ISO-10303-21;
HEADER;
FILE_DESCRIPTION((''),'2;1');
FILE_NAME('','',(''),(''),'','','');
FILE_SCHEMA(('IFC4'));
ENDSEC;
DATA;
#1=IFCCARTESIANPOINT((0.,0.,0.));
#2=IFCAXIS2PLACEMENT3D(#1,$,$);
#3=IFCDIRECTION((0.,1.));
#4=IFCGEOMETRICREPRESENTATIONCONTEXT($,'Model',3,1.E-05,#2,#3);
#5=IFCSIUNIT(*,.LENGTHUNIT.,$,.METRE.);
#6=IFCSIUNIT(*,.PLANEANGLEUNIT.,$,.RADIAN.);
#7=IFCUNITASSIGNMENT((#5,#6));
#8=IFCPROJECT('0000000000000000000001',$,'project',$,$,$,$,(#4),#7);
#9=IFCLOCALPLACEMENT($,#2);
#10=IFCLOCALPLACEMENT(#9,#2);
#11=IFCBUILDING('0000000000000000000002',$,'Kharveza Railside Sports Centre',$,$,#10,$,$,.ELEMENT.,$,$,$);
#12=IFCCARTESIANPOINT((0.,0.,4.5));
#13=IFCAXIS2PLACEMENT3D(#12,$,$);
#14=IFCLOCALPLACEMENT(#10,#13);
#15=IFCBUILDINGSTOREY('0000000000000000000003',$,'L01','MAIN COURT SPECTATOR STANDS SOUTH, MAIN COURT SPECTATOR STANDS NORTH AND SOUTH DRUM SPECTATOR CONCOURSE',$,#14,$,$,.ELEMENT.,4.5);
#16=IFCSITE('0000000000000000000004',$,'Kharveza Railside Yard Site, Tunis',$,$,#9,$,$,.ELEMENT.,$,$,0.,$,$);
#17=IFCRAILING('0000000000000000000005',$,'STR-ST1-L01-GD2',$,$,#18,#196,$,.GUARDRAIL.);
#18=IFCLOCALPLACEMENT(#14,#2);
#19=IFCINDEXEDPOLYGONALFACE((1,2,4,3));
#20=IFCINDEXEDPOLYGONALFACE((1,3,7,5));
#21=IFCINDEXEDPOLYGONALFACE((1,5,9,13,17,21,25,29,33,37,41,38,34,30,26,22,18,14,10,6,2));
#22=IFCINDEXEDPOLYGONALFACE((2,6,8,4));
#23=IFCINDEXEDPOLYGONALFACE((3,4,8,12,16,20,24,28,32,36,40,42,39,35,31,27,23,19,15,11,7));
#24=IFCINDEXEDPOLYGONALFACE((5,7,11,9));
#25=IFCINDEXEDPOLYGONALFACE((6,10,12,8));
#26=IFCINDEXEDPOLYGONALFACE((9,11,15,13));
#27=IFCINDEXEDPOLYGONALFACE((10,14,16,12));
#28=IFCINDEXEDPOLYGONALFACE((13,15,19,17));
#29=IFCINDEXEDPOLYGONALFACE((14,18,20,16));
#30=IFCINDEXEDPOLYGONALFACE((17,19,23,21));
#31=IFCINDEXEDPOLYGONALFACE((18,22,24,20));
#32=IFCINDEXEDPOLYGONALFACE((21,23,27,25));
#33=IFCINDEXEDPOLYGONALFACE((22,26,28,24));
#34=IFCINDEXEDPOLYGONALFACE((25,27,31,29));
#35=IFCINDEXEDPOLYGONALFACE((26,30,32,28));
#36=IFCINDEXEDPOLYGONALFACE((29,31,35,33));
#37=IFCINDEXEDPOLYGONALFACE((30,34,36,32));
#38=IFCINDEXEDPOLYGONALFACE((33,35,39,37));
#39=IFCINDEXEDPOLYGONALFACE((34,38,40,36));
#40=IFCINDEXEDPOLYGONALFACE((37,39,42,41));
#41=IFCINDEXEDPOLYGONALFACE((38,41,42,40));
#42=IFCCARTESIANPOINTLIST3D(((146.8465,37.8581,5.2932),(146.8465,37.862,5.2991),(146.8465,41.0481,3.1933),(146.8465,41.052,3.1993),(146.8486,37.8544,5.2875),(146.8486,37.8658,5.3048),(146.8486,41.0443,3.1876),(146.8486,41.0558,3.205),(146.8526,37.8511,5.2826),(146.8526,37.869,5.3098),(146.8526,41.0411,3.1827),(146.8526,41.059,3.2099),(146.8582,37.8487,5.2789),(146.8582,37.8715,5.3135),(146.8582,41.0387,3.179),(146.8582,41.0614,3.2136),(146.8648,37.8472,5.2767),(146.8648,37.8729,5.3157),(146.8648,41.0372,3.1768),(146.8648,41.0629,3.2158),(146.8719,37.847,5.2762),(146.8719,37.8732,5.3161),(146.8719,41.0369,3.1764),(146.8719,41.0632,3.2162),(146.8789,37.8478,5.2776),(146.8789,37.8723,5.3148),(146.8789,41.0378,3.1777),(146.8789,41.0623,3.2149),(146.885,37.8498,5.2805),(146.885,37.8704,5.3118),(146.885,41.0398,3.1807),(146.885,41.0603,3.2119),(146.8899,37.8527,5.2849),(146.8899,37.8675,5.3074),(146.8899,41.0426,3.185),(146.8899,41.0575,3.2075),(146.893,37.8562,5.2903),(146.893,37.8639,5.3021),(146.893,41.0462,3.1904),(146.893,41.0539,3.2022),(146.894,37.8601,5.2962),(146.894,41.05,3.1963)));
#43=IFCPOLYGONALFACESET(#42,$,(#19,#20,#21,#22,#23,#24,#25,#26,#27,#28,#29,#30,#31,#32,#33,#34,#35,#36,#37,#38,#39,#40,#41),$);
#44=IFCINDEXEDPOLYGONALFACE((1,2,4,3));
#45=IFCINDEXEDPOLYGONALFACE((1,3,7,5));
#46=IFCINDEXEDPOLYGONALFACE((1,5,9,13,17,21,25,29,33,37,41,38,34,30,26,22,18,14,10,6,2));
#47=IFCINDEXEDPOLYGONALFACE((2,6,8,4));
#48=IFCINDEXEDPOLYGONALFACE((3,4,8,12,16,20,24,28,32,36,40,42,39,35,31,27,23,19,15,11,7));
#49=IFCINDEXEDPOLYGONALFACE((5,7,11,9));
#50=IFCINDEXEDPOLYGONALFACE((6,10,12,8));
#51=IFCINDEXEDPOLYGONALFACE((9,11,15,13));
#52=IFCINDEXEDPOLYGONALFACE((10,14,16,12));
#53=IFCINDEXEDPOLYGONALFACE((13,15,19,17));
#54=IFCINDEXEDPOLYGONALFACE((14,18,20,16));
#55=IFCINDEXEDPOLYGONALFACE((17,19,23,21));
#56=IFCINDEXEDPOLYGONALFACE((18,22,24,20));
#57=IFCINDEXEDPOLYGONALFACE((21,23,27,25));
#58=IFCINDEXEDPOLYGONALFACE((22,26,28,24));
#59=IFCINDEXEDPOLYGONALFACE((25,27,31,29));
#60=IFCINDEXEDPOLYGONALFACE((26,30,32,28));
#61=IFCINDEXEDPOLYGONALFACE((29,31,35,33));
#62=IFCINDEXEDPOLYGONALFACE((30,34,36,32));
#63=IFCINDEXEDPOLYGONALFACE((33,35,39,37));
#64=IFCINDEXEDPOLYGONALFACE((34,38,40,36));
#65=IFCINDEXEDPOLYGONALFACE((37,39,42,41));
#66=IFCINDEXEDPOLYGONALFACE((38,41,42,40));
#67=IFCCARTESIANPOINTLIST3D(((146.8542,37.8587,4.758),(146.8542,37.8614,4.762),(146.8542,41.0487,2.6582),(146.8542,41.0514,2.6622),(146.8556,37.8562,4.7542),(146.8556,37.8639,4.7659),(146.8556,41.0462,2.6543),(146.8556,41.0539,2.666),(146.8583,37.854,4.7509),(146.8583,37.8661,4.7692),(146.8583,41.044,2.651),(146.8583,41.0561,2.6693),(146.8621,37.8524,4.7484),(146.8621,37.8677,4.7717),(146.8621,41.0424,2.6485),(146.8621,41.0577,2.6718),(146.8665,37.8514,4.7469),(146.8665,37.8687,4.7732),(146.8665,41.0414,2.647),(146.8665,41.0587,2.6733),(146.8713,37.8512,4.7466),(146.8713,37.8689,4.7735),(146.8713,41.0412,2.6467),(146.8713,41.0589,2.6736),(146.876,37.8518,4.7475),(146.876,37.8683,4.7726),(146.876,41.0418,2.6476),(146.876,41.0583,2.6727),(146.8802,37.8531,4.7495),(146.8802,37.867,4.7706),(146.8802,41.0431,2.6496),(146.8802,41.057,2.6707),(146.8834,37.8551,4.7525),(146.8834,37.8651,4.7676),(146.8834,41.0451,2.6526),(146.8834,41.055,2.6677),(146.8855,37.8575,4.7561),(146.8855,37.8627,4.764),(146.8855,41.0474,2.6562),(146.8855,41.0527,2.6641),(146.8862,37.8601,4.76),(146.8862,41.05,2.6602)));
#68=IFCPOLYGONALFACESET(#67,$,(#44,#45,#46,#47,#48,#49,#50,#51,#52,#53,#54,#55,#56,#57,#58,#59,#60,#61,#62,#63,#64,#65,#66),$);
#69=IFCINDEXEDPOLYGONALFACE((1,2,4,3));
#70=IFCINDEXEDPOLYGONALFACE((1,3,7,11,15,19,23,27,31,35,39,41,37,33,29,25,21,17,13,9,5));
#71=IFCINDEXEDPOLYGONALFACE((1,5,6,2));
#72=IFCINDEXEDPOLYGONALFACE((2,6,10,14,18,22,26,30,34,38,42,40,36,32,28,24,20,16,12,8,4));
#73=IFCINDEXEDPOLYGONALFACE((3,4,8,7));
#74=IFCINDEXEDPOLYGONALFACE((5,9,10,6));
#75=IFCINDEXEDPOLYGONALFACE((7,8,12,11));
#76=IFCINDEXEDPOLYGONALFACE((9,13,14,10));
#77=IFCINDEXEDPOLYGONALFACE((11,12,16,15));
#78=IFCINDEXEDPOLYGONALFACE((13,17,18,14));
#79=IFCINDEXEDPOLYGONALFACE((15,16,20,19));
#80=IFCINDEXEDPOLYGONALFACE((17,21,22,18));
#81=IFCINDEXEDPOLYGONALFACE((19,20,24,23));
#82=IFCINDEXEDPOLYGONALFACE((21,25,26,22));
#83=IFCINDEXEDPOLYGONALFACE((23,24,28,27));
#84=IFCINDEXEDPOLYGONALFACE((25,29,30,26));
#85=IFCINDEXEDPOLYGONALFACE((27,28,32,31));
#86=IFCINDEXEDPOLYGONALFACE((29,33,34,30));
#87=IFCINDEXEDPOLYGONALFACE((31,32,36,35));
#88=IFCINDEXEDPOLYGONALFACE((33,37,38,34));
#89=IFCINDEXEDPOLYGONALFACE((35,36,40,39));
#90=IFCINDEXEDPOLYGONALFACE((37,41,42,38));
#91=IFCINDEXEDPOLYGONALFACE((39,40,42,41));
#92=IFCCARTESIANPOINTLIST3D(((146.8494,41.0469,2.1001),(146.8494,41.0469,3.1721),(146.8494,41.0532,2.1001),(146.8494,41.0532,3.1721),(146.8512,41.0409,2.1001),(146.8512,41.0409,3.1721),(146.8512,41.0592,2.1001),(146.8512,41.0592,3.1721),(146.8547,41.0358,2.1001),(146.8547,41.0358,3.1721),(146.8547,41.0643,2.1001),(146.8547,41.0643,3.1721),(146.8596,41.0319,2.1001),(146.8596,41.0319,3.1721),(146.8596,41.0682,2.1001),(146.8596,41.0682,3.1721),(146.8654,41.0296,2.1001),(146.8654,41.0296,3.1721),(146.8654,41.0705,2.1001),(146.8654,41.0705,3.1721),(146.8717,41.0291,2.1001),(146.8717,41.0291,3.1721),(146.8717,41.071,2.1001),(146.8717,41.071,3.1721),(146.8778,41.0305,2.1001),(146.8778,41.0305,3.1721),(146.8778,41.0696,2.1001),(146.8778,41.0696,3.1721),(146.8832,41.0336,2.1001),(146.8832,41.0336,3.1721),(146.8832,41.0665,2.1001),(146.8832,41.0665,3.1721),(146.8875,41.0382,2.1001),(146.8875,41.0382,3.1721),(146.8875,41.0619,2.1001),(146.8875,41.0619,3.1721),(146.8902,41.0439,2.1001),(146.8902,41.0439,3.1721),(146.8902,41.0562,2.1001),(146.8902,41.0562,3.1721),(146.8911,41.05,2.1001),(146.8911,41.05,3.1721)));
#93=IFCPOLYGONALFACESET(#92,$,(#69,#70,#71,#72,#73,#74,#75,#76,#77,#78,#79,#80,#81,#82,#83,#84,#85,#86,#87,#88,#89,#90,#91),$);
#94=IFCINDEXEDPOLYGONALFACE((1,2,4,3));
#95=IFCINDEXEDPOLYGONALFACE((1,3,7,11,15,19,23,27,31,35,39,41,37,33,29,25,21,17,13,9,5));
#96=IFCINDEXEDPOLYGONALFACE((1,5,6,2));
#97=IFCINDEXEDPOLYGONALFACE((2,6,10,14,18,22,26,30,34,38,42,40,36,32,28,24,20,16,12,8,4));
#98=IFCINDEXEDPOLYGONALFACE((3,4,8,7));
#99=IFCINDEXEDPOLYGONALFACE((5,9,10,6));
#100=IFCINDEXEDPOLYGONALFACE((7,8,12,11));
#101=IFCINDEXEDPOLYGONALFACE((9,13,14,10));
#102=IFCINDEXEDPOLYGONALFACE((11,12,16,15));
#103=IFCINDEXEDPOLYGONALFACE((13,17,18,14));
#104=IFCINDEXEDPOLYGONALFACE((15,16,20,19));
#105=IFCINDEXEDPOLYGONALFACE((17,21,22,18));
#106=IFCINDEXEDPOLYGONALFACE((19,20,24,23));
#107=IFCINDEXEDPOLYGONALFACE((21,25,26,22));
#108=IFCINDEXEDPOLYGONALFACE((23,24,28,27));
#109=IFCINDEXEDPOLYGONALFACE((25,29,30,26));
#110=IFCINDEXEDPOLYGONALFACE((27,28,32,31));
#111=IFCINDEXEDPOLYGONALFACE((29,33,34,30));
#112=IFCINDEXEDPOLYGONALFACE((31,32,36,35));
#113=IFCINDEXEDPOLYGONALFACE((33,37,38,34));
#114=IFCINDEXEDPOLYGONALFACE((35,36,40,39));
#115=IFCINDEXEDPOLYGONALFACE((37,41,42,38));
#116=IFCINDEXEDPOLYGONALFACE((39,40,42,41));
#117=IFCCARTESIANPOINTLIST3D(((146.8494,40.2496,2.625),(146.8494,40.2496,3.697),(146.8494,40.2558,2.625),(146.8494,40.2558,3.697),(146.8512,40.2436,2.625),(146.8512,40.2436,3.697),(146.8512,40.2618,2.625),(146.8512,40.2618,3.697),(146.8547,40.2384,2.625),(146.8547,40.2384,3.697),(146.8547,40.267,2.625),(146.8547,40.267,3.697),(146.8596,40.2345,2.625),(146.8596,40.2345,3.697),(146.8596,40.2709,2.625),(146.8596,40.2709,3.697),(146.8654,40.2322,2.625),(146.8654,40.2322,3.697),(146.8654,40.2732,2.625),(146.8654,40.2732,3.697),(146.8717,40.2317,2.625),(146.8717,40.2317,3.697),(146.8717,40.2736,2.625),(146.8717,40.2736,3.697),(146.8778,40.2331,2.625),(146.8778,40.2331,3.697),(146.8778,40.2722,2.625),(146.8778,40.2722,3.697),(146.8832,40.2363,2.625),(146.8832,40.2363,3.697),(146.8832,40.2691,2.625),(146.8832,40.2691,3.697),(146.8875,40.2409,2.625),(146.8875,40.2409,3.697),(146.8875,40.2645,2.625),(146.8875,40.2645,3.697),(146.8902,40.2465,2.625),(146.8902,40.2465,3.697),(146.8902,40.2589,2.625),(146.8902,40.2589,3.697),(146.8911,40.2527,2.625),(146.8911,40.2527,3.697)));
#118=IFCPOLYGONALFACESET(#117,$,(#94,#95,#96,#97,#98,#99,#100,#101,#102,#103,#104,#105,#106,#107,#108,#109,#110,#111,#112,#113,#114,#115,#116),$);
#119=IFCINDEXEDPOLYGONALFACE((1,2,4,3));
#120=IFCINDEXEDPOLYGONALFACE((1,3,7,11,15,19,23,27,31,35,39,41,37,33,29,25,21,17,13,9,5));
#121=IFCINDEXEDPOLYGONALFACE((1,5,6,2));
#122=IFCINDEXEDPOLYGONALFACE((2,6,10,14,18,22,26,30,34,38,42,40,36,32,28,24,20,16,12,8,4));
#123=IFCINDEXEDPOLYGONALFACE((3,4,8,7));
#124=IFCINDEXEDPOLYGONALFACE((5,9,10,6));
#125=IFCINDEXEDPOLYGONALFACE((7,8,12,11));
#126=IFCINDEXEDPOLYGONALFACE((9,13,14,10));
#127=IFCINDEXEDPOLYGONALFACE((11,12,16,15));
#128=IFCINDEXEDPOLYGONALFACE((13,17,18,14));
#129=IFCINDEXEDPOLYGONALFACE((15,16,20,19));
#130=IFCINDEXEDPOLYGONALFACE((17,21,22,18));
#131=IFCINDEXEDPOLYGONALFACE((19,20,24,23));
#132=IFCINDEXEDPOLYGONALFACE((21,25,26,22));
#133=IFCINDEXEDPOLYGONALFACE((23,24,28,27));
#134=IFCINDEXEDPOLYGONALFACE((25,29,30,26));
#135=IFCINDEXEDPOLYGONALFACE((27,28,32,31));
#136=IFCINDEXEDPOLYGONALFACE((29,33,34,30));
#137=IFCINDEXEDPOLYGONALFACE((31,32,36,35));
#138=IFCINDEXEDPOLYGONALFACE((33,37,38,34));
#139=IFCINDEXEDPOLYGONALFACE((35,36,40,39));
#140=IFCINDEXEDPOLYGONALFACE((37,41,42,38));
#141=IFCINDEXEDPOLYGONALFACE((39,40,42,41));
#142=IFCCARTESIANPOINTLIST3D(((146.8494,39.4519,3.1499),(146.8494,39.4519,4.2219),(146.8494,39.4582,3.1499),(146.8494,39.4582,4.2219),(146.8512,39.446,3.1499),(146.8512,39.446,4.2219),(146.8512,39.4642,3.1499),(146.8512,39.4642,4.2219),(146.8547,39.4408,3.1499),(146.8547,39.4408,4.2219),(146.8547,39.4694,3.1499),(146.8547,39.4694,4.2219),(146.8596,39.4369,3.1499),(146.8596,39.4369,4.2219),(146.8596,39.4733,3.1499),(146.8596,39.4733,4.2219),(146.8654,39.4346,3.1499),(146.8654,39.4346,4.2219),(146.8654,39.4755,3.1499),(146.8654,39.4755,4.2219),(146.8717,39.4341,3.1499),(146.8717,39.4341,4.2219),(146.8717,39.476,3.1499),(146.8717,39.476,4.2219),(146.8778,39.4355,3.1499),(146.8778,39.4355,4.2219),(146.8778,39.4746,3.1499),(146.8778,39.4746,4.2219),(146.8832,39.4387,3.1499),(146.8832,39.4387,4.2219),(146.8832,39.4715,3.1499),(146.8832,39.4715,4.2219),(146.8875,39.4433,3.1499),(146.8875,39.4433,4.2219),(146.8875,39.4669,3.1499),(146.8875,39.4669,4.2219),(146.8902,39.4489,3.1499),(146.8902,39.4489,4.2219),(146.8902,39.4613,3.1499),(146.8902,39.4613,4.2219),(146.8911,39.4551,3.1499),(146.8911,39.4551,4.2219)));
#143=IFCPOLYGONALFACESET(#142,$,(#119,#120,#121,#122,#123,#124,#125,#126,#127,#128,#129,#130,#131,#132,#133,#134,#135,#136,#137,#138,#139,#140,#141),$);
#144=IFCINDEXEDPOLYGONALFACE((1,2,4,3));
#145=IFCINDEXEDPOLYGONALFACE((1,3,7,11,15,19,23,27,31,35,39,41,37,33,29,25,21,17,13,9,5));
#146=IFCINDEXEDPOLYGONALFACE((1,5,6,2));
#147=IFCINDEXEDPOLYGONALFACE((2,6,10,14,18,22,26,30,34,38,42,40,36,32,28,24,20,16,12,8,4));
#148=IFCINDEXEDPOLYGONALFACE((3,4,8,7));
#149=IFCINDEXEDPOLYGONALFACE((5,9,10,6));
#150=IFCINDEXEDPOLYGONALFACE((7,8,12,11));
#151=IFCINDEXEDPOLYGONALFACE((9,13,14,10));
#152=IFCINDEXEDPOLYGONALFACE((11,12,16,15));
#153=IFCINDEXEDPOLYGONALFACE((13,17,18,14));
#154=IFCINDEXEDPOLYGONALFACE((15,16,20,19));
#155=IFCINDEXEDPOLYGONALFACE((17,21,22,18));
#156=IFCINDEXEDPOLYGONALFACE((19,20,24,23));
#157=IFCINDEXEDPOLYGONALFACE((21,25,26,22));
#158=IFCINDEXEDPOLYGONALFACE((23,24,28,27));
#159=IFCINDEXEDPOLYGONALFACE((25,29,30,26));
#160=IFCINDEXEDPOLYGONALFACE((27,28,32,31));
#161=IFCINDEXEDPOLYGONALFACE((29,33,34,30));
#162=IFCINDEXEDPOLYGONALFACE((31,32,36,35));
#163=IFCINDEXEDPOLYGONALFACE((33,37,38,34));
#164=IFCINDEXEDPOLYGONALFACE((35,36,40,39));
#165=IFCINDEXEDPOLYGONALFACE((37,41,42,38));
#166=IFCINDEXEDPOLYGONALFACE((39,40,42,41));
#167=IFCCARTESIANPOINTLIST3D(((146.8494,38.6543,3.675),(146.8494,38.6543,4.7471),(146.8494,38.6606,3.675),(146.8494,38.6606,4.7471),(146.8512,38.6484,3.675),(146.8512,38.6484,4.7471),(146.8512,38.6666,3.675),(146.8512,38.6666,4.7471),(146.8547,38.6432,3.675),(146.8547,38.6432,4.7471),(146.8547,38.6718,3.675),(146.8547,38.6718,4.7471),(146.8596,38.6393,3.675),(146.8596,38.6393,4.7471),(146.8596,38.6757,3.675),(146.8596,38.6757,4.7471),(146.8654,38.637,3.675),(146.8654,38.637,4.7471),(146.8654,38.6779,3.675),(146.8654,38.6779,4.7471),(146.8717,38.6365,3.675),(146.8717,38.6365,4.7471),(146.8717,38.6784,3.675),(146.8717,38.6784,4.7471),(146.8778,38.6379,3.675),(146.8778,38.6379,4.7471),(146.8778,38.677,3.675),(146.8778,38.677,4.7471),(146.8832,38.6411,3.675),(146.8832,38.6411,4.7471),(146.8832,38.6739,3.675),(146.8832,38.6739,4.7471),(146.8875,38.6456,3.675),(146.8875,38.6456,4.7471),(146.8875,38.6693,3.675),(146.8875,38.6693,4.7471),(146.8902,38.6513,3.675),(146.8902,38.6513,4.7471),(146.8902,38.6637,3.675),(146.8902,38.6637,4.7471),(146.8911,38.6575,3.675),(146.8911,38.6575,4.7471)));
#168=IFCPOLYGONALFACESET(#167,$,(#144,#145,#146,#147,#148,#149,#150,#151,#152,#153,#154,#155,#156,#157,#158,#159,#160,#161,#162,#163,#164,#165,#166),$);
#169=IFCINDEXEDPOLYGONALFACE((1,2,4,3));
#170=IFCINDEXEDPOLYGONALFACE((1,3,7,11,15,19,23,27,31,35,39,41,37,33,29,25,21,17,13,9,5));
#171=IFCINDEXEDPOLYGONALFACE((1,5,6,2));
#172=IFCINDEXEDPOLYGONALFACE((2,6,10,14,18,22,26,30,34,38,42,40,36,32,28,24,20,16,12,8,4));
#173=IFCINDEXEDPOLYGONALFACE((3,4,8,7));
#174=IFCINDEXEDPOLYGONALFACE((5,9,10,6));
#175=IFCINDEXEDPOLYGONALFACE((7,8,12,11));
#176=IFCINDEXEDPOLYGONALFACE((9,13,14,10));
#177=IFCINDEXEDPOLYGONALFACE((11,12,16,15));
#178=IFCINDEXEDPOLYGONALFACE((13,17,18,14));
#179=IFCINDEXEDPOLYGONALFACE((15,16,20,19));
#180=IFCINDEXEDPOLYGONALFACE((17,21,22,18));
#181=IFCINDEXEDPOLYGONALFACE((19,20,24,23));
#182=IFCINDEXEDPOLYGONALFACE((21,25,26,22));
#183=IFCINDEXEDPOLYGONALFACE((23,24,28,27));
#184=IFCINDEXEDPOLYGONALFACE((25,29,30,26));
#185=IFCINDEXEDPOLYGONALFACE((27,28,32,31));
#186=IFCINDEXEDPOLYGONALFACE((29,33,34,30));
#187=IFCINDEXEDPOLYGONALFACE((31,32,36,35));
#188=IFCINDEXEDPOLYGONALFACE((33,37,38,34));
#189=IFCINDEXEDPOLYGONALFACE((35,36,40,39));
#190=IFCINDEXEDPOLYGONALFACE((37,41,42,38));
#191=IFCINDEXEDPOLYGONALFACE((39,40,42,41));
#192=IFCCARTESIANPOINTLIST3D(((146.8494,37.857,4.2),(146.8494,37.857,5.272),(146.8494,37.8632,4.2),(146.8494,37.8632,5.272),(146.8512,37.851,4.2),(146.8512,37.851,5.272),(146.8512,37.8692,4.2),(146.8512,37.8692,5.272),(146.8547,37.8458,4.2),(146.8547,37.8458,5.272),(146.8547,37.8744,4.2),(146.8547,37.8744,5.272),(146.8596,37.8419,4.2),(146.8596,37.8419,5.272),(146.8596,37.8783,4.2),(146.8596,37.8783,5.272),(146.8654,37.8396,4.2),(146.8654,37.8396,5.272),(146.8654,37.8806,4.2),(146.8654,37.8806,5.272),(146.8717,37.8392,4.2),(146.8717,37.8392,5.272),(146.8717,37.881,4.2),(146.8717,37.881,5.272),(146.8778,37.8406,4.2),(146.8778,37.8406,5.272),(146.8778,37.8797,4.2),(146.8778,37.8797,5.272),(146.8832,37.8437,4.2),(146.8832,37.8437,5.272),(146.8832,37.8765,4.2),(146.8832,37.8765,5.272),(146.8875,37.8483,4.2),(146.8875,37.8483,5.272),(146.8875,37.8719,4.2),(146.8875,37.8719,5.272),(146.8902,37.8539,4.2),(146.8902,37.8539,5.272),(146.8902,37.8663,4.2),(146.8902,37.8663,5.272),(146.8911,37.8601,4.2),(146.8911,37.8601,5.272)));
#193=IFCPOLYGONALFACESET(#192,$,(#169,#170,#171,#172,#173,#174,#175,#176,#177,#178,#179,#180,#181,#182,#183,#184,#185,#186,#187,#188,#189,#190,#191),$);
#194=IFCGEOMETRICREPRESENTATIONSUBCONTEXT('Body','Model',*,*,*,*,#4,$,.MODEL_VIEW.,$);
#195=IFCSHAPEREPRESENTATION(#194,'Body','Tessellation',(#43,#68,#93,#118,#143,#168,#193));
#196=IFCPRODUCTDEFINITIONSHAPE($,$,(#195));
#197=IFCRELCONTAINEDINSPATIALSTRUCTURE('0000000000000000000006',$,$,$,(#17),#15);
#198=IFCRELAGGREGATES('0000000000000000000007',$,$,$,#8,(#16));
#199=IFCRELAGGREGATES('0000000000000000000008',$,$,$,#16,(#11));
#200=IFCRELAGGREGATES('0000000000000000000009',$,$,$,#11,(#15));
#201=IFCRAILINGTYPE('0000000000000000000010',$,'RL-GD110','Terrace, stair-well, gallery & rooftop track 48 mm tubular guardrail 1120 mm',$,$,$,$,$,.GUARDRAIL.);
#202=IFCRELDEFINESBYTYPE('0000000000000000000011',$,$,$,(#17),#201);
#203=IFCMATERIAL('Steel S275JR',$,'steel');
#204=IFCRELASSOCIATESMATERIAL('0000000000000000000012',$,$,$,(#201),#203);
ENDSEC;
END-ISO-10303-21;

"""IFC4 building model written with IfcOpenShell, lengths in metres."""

from ifc_helpers import new_model, si_unit, direction, frame, origin, origin_2d, place, context, subcontext, project, spatial, circle, extrude, material, type_object, element, save


model = new_model("IFC4")

# Units and contexts
model_context = context("Model", 3, precision=1e-05, world=origin(), true_north=direction((0.0, 1.0)))
body_context = subcontext(model_context, "Body", "Model", "MODEL_VIEW")
ifc_project = project(units=[si_unit("LENGTHUNIT", "METRE"), si_unit("PLANEANGLEUNIT", "RADIAN")], contexts=[model_context])

# Site, building, storey
site_placement = place(None, origin())
site = spatial("IfcSite", under=ifc_project, at=site_placement, Name="Kharveza Railside Yard Site, Tunis", CompositionType="ELEMENT", RefElevation=0.0)
building_placement = place(site_placement, origin())
building = spatial("IfcBuilding", under=site, at=building_placement, Name="Kharveza Railside Sports Centre", CompositionType="ELEMENT")
storey_placement = place(building_placement, frame((0.0, 0.0, 4.5)))
storey = spatial("IfcBuildingStorey", under=building, at=storey_placement, Name="L01", Description="MAIN COURT SPECTATOR STANDS SOUTH, MAIN COURT SPECTATOR STANDS NORTH AND SOUTH DRUM SPECTATOR CONCOURSE", CompositionType="ELEMENT", Elevation=4.5)

# Railing
ifc_material_1 = material(Name="Steel S275JR", Category="steel")
railing_type_1 = type_object("IfcRailingType", Name="RL-GD110", Description="Terrace, stair-well, gallery & rooftop track 48 mm tubular guardrail 1120 mm", PredefinedType="GUARDRAIL", material=ifc_material_1)
railing_1_placement = place(storey_placement, frame((146.8701, 41.05, 2.1001)))
element("IfcRailing", 1, at=railing_1_placement, inside=storey, type_object=railing_type_1, Name="STR-ST1-L01-GD2", PredefinedType="GUARDRAIL", context=body_context, shape_type="SweptSolid", body=[
    extrude(circle(Radius=0.0239, at=origin_2d()), frame((0.0, 0.0, 1.0962), z_axis=(0.0, -0.835272, 0.549837), x_axis=(1.0, 0.0, 0.0)), (0.0, 0.0, 1.0), 3.8191),
    extrude(circle(Radius=0.0161, at=origin_2d()), frame((0.0, 0.0, 0.5601), z_axis=(0.0, -0.835272, 0.549837), x_axis=(1.0, 0.0, 0.0)), (0.0, 0.0, 1.0), 3.8191),
    extrude(circle(Radius=0.021, at=origin_2d()), origin(), (0.0, 0.0, 1.0), 1.072),
    extrude(circle(Radius=0.021, at=origin_2d()), frame((0.0, -0.7974, 0.5249)), (0.0, 0.0, 1.0), 1.072),
    extrude(circle(Radius=0.021, at=origin_2d()), frame((0.0, -1.595, 1.0498)), (0.0, 0.0, 1.0), 1.072),
    extrude(circle(Radius=0.021, at=origin_2d()), frame((0.0, -2.3926, 1.575)), (0.0, 0.0, 1.0), 1.072),
    extrude(circle(Radius=0.021, at=origin_2d()), frame((0.0, -3.1899, 2.0999)), (0.0, 0.0, 1.0), 1.072),
])

save(model, "model.ifc")
